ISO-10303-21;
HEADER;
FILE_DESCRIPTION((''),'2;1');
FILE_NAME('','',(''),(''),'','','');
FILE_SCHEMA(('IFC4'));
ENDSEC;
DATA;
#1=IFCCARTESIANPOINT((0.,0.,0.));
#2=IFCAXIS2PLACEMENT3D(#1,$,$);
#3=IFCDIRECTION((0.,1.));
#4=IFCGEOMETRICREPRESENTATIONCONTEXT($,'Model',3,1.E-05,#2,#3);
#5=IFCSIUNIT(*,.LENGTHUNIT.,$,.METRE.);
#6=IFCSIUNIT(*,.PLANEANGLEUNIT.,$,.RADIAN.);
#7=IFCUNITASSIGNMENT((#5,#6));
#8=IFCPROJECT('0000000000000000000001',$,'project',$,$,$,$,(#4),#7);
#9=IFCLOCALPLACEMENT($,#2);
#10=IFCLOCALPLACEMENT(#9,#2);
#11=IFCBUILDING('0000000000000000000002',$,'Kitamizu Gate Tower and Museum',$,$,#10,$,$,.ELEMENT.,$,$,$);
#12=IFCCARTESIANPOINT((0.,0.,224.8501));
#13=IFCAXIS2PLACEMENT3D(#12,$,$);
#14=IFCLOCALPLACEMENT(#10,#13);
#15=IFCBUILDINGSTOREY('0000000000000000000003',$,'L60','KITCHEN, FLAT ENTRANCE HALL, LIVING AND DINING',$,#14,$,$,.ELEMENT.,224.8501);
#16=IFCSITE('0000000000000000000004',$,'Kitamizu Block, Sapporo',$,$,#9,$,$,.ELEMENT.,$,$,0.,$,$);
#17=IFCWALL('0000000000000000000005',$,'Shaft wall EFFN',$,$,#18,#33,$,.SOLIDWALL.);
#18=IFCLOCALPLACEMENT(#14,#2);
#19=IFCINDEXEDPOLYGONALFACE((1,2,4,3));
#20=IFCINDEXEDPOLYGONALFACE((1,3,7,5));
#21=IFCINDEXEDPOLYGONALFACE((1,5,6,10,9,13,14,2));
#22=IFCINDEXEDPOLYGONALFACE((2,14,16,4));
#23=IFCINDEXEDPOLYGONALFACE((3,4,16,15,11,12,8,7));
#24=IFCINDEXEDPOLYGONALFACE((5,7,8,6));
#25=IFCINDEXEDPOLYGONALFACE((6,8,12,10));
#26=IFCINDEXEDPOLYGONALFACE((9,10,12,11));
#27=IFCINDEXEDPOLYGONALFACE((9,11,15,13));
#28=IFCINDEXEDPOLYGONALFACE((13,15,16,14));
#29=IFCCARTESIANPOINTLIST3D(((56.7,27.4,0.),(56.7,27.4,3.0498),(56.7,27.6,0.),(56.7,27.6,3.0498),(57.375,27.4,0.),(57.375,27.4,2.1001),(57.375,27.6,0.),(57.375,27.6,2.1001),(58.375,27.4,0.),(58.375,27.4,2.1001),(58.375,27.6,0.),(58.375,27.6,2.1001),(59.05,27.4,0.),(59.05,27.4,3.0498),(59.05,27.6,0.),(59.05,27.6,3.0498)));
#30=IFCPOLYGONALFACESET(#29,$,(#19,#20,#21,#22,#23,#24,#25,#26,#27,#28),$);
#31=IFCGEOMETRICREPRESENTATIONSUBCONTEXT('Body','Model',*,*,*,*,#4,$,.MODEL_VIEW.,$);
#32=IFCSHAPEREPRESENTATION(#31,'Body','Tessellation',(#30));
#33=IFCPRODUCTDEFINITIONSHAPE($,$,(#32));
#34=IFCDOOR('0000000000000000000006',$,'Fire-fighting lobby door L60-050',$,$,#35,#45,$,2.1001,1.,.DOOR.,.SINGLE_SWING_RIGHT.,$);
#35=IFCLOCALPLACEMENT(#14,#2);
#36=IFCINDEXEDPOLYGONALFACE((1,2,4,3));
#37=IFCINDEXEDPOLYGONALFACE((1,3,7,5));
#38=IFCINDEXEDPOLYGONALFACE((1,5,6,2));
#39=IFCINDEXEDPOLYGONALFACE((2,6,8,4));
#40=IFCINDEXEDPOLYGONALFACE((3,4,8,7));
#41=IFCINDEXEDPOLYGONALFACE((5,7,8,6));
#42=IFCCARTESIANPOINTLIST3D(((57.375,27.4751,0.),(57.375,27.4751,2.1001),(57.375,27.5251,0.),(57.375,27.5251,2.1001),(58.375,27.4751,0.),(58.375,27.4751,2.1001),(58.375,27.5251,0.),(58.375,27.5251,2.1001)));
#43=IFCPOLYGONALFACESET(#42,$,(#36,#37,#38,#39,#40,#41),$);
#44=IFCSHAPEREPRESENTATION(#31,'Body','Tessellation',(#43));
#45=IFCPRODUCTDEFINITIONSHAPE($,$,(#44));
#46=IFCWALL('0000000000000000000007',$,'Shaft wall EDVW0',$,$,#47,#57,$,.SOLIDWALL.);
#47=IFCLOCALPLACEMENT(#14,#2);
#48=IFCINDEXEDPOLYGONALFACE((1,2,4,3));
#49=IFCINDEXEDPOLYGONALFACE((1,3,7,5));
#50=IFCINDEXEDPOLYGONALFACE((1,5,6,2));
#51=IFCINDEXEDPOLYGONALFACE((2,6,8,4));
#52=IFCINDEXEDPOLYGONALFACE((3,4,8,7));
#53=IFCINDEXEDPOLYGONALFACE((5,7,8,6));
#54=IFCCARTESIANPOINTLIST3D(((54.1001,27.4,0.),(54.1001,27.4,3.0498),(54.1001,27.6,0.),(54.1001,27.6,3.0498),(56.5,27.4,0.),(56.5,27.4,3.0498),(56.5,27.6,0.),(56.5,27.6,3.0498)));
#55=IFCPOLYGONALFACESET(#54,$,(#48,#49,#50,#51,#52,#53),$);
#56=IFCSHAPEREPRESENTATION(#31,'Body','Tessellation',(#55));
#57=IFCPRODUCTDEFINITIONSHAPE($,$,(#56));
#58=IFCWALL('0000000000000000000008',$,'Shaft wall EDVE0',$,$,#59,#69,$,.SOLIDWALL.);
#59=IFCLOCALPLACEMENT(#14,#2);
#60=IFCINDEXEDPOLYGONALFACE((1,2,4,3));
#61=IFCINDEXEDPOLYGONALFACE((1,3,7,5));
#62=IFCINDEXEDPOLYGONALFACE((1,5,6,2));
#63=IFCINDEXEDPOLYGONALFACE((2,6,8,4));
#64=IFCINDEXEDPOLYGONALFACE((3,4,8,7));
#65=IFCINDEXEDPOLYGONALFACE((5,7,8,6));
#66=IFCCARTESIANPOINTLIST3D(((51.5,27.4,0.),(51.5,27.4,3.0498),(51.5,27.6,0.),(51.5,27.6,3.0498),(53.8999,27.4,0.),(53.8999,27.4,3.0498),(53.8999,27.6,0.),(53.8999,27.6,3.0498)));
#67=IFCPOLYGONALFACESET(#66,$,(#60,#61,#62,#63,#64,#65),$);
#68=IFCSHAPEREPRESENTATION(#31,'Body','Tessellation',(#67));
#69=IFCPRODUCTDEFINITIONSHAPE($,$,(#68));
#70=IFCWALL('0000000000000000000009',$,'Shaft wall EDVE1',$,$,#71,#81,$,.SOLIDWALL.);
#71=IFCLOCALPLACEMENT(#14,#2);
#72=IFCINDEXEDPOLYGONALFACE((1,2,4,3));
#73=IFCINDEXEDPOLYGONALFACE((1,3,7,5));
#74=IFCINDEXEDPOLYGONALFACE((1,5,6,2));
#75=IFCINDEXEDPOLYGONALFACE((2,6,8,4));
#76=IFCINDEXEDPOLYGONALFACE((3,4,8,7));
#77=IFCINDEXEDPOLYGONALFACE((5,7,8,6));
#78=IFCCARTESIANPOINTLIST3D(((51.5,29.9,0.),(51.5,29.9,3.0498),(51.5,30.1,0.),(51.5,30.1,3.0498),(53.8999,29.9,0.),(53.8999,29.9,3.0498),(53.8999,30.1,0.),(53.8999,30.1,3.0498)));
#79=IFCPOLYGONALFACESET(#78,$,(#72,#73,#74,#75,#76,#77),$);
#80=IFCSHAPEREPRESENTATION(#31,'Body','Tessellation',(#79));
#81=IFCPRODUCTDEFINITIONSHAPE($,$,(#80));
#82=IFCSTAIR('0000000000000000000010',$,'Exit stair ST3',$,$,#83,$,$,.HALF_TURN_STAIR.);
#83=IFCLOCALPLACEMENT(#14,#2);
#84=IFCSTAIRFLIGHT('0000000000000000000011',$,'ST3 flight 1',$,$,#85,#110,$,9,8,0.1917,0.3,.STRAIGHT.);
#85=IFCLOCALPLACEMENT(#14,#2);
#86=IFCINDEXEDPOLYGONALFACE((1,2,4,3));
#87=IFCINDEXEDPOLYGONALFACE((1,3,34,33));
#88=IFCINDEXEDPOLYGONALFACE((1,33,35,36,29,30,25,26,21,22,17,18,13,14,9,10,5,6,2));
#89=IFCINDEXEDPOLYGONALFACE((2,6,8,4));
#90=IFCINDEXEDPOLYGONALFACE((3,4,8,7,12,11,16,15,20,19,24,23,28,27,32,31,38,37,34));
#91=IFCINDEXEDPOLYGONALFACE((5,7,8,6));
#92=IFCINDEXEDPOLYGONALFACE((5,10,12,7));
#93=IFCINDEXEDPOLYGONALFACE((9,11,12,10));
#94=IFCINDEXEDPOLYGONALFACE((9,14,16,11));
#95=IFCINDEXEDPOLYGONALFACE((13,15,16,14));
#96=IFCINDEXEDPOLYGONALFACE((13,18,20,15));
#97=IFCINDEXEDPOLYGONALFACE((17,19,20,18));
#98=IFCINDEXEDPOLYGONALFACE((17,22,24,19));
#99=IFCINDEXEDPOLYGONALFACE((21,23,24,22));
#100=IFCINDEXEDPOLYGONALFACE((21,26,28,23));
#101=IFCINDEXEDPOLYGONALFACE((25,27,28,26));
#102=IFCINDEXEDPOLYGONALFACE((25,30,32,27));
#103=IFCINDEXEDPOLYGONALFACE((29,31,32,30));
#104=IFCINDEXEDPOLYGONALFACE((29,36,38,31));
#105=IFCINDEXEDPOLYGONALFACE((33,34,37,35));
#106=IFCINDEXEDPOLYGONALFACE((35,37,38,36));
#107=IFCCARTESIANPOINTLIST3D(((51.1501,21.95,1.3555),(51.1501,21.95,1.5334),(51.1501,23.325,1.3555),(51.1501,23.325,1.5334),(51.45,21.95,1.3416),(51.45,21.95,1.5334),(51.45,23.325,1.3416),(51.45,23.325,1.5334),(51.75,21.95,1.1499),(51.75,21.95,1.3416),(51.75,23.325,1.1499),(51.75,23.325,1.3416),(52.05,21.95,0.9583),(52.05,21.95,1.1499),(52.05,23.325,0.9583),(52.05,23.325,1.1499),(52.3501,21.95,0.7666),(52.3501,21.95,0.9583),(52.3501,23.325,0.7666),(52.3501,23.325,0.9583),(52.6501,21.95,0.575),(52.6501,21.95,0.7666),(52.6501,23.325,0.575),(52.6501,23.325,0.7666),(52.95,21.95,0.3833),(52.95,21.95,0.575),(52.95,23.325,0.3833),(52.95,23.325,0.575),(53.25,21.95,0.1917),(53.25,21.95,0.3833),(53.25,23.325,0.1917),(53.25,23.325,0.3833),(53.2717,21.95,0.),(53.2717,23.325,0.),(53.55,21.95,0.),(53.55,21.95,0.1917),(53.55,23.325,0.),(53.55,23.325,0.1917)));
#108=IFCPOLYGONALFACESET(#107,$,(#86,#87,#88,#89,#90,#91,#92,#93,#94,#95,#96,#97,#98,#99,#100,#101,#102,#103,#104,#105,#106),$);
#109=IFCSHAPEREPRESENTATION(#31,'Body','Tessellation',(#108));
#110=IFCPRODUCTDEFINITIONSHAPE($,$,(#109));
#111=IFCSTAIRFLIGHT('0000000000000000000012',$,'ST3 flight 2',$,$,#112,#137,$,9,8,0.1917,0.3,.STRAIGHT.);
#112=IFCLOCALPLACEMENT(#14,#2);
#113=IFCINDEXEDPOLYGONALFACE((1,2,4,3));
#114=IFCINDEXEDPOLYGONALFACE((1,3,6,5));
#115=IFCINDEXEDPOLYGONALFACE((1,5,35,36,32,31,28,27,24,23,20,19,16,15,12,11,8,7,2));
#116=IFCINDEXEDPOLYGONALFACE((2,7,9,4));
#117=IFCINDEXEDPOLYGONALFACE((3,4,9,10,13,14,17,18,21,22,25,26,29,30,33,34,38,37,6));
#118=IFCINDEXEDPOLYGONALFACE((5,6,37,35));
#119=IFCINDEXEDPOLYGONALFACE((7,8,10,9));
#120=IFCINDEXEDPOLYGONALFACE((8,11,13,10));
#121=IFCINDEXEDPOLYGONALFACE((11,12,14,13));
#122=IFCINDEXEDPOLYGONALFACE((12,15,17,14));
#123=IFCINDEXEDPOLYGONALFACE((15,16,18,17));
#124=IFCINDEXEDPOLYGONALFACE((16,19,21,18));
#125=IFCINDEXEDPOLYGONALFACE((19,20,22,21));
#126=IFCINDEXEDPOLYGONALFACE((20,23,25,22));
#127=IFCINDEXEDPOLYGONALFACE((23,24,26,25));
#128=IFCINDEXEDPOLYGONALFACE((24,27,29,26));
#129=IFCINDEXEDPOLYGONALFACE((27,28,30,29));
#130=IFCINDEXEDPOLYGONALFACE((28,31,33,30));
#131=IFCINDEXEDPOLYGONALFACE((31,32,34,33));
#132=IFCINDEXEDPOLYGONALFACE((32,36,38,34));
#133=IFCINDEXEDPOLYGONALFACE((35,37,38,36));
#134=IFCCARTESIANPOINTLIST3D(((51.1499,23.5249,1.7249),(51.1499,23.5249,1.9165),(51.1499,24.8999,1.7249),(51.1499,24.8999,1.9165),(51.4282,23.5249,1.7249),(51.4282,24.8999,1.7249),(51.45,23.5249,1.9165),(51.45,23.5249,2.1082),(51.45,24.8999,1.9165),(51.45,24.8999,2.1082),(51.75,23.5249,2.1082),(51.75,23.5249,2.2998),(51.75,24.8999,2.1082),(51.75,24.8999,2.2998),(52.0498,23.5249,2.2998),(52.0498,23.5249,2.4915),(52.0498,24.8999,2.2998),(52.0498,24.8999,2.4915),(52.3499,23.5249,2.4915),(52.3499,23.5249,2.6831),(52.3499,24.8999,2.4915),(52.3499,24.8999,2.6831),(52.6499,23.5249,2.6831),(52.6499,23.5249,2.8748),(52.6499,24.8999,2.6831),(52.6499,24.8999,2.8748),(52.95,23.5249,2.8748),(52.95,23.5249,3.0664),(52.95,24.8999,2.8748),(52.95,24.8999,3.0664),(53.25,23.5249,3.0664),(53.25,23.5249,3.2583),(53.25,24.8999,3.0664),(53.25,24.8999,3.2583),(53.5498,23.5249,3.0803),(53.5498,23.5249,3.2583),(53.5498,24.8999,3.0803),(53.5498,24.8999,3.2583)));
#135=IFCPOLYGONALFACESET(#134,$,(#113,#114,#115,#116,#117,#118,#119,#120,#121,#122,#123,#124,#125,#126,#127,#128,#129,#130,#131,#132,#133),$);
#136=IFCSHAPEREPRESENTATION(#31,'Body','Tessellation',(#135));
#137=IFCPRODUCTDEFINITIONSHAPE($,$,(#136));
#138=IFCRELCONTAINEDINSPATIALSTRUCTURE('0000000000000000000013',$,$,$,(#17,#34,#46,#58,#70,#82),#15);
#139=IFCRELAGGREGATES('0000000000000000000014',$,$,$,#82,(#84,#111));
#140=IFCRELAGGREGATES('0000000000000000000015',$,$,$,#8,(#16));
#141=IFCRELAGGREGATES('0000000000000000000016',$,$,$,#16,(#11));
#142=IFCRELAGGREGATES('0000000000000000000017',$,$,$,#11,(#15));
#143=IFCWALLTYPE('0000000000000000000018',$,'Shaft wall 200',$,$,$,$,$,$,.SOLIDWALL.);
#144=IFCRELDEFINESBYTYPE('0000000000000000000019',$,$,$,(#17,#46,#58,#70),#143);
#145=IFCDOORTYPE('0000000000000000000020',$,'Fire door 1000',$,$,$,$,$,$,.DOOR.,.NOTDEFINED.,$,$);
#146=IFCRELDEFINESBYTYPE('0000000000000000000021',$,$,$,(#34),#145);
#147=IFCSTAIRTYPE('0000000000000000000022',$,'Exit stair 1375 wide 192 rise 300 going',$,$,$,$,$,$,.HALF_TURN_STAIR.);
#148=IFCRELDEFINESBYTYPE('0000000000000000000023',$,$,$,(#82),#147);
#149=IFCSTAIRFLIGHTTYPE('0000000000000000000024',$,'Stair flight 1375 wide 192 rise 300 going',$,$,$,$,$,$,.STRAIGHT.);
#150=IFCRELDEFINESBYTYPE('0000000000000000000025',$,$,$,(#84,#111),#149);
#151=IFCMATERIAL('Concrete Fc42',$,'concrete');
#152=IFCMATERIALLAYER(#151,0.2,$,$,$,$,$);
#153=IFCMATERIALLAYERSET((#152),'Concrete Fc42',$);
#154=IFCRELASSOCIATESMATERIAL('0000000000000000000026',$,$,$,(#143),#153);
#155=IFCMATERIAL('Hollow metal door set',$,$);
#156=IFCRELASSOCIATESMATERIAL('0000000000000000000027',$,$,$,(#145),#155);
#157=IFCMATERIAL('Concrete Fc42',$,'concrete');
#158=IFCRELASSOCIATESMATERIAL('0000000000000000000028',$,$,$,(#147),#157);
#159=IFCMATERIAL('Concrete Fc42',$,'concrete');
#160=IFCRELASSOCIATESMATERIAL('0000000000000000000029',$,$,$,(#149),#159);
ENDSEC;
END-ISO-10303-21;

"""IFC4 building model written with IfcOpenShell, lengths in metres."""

from ifc_helpers import new_model, si_unit, direction, frame, frame_2d, origin, place, context, subcontext, project, spatial, polyline, rectangle, outline, extrude, material, layer, layer_set, type_object, element, fill, aggregate, save


model = new_model("IFC4")

# Units and contexts
model_context = context("Model", 3, precision=1e-05, world=origin(), true_north=direction((0.0, 1.0)))
body_context = subcontext(model_context, "Body", "Model", "MODEL_VIEW")
ifc_project = project(units=[si_unit("LENGTHUNIT", "METRE"), si_unit("PLANEANGLEUNIT", "RADIAN")], contexts=[model_context])

# Site, building, storey
site_placement = place(None, origin())
site = spatial("IfcSite", under=ifc_project, at=site_placement, Name="Kitamizu Block, Sapporo", CompositionType="ELEMENT", RefElevation=0.0)
building_placement = place(site_placement, origin())
building = spatial("IfcBuilding", under=site, at=building_placement, Name="Kitamizu Gate Tower and Museum", CompositionType="ELEMENT")
storey_placement = place(building_placement, frame((0.0, 0.0, 224.8501)))
storey = spatial("IfcBuildingStorey", under=building, at=storey_placement, Name="L60", Description="KITCHEN, FLAT ENTRANCE HALL, LIVING AND DINING", CompositionType="ELEMENT", Elevation=224.8501)

# Shared definitions
ifc_material_1 = material(Name="Concrete Fc42", Category="concrete")
ifc_layer_1 = layer(ifc_material_1, 0.2)
ifc_layer_set_1 = layer_set([ifc_layer_1], Name="Concrete Fc42")
wall_type_1 = type_object("IfcWallType", Name="Shaft wall 200", PredefinedType="SOLIDWALL", material=ifc_layer_set_1)
ifc_material_2 = material(Name="Hollow metal door set")
door_type_1 = type_object("IfcDoorType", Name="Fire door 1000", OperationType="NOTDEFINED", PredefinedType="DOOR", material=ifc_material_2)

# Wall, opening, door
wall_1_placement = place(storey_placement, frame((59.05, 27.5, 0.0), z_axis=(0.0, 0.0, 1.0), x_axis=(-1.0, 0.0, 0.0)))
wall_1 = element("IfcWall", 1, at=wall_1_placement, inside=storey, type_object=wall_type_1, Name="Shaft wall EFFN", PredefinedType="SOLIDWALL", context=body_context, shape_type="SweptSolid", body=[
    extrude(rectangle(XDim=2.3501, YDim=0.2, at=frame_2d((1.175, 0.0))), origin(), (0.0, 0.0, 1.0), 3.0498),
])
opening_1_placement = place(wall_1_placement, frame((0.675, 0.0, 0.0)))
opening_1 = element("IfcOpeningElement", 2, at=opening_1_placement, cuts=wall_1, PredefinedType="OPENING", context=body_context, shape_type="SweptSolid", body=[
    extrude(rectangle(XDim=1.0, YDim=2.1001, at=frame_2d((0.5, 1.05))), frame((0.0, 0.1099, 0.0), z_axis=(0.0, -1.0, 0.0), x_axis=(1.0, 0.0, 0.0)), (0.0, 0.0, 1.0), 0.22),
])
door_1_placement = place(opening_1_placement, origin())
door_1 = element("IfcDoor", 3, at=door_1_placement, inside=storey, type_object=door_type_1, Name="Fire-fighting lobby door L60-050", OperationType="SINGLE_SWING_RIGHT", OverallHeight=2.1001, OverallWidth=1.0, PredefinedType="DOOR", context=body_context, shape_type="SweptSolid", body=[
    extrude(rectangle(XDim=1.0, YDim=2.1001, at=frame_2d((0.5, 1.05))), frame((0.0, 0.0249, 0.0), z_axis=(0.0, -1.0, 0.0), x_axis=(1.0, 0.0, 0.0)), (0.0, 0.0, 1.0), 0.05),
])
fill(opening_1, door_1)

# Walls
for number, where, z_axis, x_axis, name in (
    (4, (56.5, 27.5, 0.0), (0.0, 0.0, 1.0), (-1.0, 0.0, 0.0), "Shaft wall EDVW0"),
    (5, (53.8999, 27.5, 0.0), (0.0, 0.0, 1.0), (-1.0, 0.0, 0.0), "Shaft wall EDVE0"),
    (6, (53.8999, 30.0, 0.0), (0.0, 0.0, 1.0), (-1.0, 0.0, 0.0), "Shaft wall EDVE1"),
):
    element("IfcWall", number, at=place(storey_placement, frame(where, z_axis=z_axis, x_axis=x_axis)), inside=storey, type_object=wall_type_1, Name=name, PredefinedType="SOLIDWALL", context=body_context, shape_type="SweptSolid", body=[
        extrude(rectangle(XDim=2.3999, YDim=0.2, at=frame_2d((1.2, 0.0))), origin(), (0.0, 0.0, 1.0), 3.0498),
    ])

# Stair, stair flights
ifc_material_3 = material(Name="Concrete Fc42", Category="concrete")
stair_type = type_object("IfcStairType", Name="Exit stair 1375 wide 192 rise 300 going", PredefinedType="HALF_TURN_STAIR", material=ifc_material_3)
stair_placement = place(storey_placement, origin())
stair = element("IfcStair", 7, at=stair_placement, inside=storey, type_object=stair_type, Name="Exit stair ST3", PredefinedType="HALF_TURN_STAIR")
ifc_material_4 = material(Name="Concrete Fc42", Category="concrete")
stair_flight_type = type_object("IfcStairFlightType", Name="Stair flight 1375 wide 192 rise 300 going", PredefinedType="STRAIGHT", material=ifc_material_4)
stair_flight_1_placement = place(storey_placement, frame((53.55, 22.6375, 0.0), z_axis=(0.0, 0.0, 1.0), x_axis=(-1.0, 0.0, 0.0)))
stair_flight_1 = element("IfcStairFlight", 8, at=stair_flight_1_placement, type_object=stair_flight_type, Name="ST3 flight 1", NumberOfRisers=9, NumberOfTreads=8, PredefinedType="STRAIGHT", RiserHeight=0.1917, TreadLength=0.3, context=body_context, shape_type="SweptSolid", body=[
    extrude(outline(polyline([(0.0, 0.0), (0.0, 0.1917), (0.3, 0.1917), (0.3, 0.3833), (0.6001, 0.3833), (0.6001, 0.575), (0.8999, 0.575), (0.8999, 0.7666), (1.2, 0.7666), (1.2, 0.9583), (1.5, 0.9583), (1.5, 1.1499), (1.8, 1.1499), (1.8, 1.3416), (2.1001, 1.3416), (2.1001, 1.5334), (2.3999, 1.5334), (2.3999, 1.7251), (2.3999, 1.3555), (0.2783, 0.0), (0.0, 0.0)])), frame((0.0, 0.6875, 0.0), z_axis=(0.0, -1.0, 0.0), x_axis=(1.0, 0.0, 0.0)), (0.0, 0.0, 1.0), 1.375),
])
stair_flight_2_placement = place(storey_placement, frame((51.1499, 24.2124, 1.7249), z_axis=(0.0, 0.0, 1.0), x_axis=(1.0, 0.0, 0.0)))
stair_flight_2 = element("IfcStairFlight", 9, at=stair_flight_2_placement, type_object=stair_flight_type, Name="ST3 flight 2", NumberOfRisers=9, NumberOfTreads=8, PredefinedType="STRAIGHT", RiserHeight=0.1917, TreadLength=0.3, context=body_context, shape_type="SweptSolid", body=[
    extrude(outline(polyline([(0.0, 0.0), (0.0, 0.1917), (0.3, 0.1917), (0.3, 0.3833), (0.6001, 0.3833), (0.6001, 0.575), (0.8999, 0.575), (0.8999, 0.7666), (1.2, 0.7666), (1.2, 0.9583), (1.5, 0.9583), (1.5, 1.1499), (1.8, 1.1499), (1.8, 1.3416), (2.1001, 1.3416), (2.1001, 1.5334), (2.3999, 1.5334), (2.3999, 1.7251), (2.3999, 1.3555), (0.2783, 0.0), (0.0, 0.0)])), frame((0.0, 0.6875, 0.0), z_axis=(0.0, -1.0, 0.0), x_axis=(1.0, 0.0, 0.0)), (0.0, 0.0, 1.0), 1.375),
])
aggregate(stair, [stair_flight_1, stair_flight_2])

save(model, "model.ifc")
